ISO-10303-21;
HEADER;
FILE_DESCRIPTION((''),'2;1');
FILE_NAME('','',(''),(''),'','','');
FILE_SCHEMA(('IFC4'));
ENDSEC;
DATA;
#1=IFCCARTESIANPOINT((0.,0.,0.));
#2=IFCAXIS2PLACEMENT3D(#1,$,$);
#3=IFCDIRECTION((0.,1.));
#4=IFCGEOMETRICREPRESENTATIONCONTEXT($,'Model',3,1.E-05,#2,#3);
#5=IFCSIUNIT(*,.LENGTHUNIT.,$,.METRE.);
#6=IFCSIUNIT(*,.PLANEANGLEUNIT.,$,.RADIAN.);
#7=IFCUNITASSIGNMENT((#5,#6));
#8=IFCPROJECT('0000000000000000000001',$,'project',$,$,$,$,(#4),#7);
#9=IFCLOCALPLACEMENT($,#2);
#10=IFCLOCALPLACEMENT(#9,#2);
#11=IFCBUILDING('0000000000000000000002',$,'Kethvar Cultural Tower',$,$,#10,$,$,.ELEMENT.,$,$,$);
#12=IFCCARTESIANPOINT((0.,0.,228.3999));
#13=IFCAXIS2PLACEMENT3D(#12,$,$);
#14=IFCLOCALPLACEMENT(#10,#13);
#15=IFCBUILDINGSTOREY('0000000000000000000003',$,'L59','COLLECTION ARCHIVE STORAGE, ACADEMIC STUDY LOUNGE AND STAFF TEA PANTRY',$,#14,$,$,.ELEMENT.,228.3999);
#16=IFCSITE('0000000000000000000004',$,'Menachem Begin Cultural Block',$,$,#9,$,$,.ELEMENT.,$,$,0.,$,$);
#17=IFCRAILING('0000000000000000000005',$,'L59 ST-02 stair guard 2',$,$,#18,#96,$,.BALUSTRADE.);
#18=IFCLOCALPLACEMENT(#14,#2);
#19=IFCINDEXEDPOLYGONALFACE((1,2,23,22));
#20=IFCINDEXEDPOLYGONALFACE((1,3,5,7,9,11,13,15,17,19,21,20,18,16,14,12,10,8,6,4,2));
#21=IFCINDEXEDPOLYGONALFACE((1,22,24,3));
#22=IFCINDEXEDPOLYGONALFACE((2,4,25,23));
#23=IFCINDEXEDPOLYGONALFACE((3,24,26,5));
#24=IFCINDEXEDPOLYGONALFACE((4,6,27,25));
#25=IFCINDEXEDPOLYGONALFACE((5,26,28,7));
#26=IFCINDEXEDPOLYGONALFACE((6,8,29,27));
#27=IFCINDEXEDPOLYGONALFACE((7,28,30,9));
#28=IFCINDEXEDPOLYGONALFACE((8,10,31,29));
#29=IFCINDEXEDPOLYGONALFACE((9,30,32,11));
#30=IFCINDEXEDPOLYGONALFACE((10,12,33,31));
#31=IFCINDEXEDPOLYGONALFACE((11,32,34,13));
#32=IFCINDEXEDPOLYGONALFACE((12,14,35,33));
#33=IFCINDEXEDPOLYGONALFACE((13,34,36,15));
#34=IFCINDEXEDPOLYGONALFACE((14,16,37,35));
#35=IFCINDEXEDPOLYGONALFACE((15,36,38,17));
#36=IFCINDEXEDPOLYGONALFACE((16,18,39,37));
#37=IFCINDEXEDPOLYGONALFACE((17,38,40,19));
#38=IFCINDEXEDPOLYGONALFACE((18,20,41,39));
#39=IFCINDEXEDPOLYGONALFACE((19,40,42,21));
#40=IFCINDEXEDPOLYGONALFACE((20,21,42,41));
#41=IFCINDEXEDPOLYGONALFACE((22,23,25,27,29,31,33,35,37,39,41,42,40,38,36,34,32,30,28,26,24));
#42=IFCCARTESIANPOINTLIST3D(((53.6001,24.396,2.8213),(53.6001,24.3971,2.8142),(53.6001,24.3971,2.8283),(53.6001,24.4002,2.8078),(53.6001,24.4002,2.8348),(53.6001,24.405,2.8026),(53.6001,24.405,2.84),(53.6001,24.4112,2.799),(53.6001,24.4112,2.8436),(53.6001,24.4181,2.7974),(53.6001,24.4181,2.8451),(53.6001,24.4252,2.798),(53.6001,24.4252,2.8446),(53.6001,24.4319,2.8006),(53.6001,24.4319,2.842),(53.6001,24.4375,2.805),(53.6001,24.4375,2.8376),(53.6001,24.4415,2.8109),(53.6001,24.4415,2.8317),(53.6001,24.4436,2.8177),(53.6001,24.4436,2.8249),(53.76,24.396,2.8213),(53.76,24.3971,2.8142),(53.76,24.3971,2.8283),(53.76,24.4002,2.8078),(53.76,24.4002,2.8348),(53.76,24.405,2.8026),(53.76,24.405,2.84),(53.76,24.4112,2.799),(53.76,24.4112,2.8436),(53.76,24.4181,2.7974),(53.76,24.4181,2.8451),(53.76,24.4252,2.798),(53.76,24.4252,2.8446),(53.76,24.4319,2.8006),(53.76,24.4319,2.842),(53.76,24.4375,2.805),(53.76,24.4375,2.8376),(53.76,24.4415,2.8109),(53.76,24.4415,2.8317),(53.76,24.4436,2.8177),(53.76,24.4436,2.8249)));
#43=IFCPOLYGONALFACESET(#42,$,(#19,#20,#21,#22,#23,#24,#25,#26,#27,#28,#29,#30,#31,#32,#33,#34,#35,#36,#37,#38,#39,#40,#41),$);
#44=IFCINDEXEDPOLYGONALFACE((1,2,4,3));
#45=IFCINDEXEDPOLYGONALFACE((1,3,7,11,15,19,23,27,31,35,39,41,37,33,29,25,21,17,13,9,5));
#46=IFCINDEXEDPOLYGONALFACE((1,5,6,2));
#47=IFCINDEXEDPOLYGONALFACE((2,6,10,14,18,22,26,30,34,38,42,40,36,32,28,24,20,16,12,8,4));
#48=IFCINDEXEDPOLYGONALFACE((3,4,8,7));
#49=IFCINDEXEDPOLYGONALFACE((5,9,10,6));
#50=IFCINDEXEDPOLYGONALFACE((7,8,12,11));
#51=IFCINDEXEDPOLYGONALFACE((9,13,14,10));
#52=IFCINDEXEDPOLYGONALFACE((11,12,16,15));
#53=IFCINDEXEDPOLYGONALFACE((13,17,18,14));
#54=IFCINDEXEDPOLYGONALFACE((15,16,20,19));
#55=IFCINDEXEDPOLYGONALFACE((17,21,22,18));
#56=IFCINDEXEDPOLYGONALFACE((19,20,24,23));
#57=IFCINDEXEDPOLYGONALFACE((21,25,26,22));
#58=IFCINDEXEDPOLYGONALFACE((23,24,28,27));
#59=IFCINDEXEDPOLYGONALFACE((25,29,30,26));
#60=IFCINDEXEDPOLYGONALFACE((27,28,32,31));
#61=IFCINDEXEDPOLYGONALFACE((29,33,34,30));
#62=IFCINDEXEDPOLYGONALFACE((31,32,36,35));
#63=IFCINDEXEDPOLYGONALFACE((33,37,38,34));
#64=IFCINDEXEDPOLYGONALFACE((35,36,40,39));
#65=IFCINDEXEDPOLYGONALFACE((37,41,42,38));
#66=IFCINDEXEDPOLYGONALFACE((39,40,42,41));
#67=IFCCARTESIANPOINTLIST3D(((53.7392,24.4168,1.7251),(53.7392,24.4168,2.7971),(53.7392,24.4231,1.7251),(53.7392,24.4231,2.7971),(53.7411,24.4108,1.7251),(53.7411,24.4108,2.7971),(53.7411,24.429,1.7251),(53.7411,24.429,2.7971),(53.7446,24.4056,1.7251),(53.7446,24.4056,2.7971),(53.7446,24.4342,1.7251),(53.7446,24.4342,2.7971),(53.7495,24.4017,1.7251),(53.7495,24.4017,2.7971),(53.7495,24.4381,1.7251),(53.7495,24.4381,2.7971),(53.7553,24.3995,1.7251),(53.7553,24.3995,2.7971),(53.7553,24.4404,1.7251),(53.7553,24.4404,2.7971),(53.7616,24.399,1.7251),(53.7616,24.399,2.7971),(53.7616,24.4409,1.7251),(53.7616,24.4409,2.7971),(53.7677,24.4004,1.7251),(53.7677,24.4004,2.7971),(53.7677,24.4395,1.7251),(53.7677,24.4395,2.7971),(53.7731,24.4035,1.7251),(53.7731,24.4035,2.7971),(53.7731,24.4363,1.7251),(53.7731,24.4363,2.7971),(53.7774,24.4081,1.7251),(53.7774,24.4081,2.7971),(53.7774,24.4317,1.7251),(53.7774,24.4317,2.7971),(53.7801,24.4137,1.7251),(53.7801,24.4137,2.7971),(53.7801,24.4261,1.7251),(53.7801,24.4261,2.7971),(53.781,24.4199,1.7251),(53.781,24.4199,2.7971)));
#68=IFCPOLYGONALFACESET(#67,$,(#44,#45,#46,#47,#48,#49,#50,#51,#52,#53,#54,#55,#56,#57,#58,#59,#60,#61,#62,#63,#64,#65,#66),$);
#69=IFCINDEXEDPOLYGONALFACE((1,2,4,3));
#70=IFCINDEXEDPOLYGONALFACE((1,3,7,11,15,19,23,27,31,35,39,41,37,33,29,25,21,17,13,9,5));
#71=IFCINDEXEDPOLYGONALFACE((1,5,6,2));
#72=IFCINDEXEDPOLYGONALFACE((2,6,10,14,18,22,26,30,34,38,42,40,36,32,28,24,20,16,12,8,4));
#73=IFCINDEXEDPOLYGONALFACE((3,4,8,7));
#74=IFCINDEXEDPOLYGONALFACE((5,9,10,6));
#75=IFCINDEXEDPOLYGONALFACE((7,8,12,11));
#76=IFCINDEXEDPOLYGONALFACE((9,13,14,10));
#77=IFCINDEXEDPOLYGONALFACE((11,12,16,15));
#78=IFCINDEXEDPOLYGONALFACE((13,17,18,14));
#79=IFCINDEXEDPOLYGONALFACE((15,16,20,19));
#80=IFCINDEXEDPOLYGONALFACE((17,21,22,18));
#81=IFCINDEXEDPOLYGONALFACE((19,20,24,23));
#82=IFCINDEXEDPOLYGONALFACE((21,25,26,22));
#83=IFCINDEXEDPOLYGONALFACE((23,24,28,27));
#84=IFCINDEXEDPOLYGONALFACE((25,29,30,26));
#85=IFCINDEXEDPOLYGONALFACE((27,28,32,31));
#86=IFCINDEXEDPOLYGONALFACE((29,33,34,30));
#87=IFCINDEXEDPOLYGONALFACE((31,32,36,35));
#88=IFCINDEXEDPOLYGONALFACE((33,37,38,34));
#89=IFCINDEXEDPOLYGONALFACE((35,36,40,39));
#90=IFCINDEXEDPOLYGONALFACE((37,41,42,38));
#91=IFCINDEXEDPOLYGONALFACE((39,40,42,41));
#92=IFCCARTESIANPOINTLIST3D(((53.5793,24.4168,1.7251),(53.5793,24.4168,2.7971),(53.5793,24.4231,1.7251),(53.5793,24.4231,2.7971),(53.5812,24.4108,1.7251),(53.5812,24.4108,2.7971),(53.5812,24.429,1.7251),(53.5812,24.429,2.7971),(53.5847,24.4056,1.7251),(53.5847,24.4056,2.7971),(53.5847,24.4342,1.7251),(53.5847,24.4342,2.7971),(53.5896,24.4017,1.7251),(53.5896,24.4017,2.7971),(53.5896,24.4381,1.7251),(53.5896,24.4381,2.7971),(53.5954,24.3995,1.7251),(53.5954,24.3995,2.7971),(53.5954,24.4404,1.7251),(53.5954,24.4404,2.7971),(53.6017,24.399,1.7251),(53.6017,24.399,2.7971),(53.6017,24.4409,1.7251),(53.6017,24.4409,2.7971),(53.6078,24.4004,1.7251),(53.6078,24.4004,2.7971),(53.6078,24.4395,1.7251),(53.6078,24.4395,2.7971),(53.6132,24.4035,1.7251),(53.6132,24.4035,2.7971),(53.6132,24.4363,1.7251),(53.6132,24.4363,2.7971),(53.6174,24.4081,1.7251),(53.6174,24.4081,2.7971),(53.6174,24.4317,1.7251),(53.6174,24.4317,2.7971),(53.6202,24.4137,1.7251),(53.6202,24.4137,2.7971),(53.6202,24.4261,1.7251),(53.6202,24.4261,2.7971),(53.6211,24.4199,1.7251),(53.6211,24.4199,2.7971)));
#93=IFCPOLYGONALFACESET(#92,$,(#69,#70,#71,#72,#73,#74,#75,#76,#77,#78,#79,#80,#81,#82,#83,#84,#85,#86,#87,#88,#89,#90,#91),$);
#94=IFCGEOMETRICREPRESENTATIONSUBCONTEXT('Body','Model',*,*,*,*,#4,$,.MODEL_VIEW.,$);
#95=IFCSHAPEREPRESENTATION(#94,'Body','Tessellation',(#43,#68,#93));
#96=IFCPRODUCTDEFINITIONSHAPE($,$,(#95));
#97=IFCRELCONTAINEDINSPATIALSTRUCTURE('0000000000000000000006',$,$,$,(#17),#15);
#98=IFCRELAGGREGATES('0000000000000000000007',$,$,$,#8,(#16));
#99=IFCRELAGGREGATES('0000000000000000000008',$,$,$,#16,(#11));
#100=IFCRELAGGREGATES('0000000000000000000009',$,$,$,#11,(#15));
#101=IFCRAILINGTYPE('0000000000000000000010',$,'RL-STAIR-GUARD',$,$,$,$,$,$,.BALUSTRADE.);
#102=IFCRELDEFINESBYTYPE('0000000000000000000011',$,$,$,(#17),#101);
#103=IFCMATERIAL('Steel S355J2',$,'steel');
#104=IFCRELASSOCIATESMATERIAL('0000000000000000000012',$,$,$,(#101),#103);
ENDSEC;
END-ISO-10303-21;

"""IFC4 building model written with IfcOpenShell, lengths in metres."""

from ifc_helpers import new_model, si_unit, direction, frame, origin, origin_2d, place, context, subcontext, project, spatial, circle, extrude, material, type_object, element, save


model = new_model("IFC4")

# Units and contexts
model_context = context("Model", 3, precision=1e-05, world=origin(), true_north=direction((0.0, 1.0)))
body_context = subcontext(model_context, "Body", "Model", "MODEL_VIEW")
ifc_project = project(units=[si_unit("LENGTHUNIT", "METRE"), si_unit("PLANEANGLEUNIT", "RADIAN")], contexts=[model_context])

# Site, building, storey
site_placement = place(None, origin())
site = spatial("IfcSite", under=ifc_project, at=site_placement, Name="Menachem Begin Cultural Block", CompositionType="ELEMENT", RefElevation=0.0)
building_placement = place(site_placement, origin())
building = spatial("IfcBuilding", under=site, at=building_placement, Name="Kethvar Cultural Tower", CompositionType="ELEMENT")
storey_placement = place(building_placement, frame((0.0, 0.0, 228.3999)))
storey = spatial("IfcBuildingStorey", under=building, at=storey_placement, Name="L59", Description="COLLECTION ARCHIVE STORAGE, ACADEMIC STUDY LOUNGE AND STAFF TEA PANTRY", CompositionType="ELEMENT", Elevation=228.3999)

# Shared definitions
ifc_material_1 = material(Name="Steel S355J2", Category="steel")

# Railing
railing_type_1 = type_object("IfcRailingType", Name="RL-STAIR-GUARD", PredefinedType="BALUSTRADE", material=ifc_material_1)
railing_1_placement = place(storey_placement, frame((53.76, 24.4199, 1.7251)))
element("IfcRailing", 1, at=railing_1_placement, inside=storey, type_object=railing_type_1, Name="L59 ST-02 stair guard 2", PredefinedType="BALUSTRADE", context=body_context, shape_type="SweptSolid", body=[
    extrude(circle(Radius=0.0239, at=origin_2d()), frame((0.0, 0.0, 1.0962), z_axis=(-1.0, 0.0, 0.0), x_axis=(0.0, -1.0, 0.0)), (0.0, 0.0, 1.0), 0.1599),
    extrude(circle(Radius=0.021, at=origin_2d()), origin(), (0.0, 0.0, 1.0), 1.072),
    extrude(circle(Radius=0.021, at=origin_2d()), frame((-0.1599, 0.0, 0.0)), (0.0, 0.0, 1.0), 1.072),
])

save(model, "model.ifc")
